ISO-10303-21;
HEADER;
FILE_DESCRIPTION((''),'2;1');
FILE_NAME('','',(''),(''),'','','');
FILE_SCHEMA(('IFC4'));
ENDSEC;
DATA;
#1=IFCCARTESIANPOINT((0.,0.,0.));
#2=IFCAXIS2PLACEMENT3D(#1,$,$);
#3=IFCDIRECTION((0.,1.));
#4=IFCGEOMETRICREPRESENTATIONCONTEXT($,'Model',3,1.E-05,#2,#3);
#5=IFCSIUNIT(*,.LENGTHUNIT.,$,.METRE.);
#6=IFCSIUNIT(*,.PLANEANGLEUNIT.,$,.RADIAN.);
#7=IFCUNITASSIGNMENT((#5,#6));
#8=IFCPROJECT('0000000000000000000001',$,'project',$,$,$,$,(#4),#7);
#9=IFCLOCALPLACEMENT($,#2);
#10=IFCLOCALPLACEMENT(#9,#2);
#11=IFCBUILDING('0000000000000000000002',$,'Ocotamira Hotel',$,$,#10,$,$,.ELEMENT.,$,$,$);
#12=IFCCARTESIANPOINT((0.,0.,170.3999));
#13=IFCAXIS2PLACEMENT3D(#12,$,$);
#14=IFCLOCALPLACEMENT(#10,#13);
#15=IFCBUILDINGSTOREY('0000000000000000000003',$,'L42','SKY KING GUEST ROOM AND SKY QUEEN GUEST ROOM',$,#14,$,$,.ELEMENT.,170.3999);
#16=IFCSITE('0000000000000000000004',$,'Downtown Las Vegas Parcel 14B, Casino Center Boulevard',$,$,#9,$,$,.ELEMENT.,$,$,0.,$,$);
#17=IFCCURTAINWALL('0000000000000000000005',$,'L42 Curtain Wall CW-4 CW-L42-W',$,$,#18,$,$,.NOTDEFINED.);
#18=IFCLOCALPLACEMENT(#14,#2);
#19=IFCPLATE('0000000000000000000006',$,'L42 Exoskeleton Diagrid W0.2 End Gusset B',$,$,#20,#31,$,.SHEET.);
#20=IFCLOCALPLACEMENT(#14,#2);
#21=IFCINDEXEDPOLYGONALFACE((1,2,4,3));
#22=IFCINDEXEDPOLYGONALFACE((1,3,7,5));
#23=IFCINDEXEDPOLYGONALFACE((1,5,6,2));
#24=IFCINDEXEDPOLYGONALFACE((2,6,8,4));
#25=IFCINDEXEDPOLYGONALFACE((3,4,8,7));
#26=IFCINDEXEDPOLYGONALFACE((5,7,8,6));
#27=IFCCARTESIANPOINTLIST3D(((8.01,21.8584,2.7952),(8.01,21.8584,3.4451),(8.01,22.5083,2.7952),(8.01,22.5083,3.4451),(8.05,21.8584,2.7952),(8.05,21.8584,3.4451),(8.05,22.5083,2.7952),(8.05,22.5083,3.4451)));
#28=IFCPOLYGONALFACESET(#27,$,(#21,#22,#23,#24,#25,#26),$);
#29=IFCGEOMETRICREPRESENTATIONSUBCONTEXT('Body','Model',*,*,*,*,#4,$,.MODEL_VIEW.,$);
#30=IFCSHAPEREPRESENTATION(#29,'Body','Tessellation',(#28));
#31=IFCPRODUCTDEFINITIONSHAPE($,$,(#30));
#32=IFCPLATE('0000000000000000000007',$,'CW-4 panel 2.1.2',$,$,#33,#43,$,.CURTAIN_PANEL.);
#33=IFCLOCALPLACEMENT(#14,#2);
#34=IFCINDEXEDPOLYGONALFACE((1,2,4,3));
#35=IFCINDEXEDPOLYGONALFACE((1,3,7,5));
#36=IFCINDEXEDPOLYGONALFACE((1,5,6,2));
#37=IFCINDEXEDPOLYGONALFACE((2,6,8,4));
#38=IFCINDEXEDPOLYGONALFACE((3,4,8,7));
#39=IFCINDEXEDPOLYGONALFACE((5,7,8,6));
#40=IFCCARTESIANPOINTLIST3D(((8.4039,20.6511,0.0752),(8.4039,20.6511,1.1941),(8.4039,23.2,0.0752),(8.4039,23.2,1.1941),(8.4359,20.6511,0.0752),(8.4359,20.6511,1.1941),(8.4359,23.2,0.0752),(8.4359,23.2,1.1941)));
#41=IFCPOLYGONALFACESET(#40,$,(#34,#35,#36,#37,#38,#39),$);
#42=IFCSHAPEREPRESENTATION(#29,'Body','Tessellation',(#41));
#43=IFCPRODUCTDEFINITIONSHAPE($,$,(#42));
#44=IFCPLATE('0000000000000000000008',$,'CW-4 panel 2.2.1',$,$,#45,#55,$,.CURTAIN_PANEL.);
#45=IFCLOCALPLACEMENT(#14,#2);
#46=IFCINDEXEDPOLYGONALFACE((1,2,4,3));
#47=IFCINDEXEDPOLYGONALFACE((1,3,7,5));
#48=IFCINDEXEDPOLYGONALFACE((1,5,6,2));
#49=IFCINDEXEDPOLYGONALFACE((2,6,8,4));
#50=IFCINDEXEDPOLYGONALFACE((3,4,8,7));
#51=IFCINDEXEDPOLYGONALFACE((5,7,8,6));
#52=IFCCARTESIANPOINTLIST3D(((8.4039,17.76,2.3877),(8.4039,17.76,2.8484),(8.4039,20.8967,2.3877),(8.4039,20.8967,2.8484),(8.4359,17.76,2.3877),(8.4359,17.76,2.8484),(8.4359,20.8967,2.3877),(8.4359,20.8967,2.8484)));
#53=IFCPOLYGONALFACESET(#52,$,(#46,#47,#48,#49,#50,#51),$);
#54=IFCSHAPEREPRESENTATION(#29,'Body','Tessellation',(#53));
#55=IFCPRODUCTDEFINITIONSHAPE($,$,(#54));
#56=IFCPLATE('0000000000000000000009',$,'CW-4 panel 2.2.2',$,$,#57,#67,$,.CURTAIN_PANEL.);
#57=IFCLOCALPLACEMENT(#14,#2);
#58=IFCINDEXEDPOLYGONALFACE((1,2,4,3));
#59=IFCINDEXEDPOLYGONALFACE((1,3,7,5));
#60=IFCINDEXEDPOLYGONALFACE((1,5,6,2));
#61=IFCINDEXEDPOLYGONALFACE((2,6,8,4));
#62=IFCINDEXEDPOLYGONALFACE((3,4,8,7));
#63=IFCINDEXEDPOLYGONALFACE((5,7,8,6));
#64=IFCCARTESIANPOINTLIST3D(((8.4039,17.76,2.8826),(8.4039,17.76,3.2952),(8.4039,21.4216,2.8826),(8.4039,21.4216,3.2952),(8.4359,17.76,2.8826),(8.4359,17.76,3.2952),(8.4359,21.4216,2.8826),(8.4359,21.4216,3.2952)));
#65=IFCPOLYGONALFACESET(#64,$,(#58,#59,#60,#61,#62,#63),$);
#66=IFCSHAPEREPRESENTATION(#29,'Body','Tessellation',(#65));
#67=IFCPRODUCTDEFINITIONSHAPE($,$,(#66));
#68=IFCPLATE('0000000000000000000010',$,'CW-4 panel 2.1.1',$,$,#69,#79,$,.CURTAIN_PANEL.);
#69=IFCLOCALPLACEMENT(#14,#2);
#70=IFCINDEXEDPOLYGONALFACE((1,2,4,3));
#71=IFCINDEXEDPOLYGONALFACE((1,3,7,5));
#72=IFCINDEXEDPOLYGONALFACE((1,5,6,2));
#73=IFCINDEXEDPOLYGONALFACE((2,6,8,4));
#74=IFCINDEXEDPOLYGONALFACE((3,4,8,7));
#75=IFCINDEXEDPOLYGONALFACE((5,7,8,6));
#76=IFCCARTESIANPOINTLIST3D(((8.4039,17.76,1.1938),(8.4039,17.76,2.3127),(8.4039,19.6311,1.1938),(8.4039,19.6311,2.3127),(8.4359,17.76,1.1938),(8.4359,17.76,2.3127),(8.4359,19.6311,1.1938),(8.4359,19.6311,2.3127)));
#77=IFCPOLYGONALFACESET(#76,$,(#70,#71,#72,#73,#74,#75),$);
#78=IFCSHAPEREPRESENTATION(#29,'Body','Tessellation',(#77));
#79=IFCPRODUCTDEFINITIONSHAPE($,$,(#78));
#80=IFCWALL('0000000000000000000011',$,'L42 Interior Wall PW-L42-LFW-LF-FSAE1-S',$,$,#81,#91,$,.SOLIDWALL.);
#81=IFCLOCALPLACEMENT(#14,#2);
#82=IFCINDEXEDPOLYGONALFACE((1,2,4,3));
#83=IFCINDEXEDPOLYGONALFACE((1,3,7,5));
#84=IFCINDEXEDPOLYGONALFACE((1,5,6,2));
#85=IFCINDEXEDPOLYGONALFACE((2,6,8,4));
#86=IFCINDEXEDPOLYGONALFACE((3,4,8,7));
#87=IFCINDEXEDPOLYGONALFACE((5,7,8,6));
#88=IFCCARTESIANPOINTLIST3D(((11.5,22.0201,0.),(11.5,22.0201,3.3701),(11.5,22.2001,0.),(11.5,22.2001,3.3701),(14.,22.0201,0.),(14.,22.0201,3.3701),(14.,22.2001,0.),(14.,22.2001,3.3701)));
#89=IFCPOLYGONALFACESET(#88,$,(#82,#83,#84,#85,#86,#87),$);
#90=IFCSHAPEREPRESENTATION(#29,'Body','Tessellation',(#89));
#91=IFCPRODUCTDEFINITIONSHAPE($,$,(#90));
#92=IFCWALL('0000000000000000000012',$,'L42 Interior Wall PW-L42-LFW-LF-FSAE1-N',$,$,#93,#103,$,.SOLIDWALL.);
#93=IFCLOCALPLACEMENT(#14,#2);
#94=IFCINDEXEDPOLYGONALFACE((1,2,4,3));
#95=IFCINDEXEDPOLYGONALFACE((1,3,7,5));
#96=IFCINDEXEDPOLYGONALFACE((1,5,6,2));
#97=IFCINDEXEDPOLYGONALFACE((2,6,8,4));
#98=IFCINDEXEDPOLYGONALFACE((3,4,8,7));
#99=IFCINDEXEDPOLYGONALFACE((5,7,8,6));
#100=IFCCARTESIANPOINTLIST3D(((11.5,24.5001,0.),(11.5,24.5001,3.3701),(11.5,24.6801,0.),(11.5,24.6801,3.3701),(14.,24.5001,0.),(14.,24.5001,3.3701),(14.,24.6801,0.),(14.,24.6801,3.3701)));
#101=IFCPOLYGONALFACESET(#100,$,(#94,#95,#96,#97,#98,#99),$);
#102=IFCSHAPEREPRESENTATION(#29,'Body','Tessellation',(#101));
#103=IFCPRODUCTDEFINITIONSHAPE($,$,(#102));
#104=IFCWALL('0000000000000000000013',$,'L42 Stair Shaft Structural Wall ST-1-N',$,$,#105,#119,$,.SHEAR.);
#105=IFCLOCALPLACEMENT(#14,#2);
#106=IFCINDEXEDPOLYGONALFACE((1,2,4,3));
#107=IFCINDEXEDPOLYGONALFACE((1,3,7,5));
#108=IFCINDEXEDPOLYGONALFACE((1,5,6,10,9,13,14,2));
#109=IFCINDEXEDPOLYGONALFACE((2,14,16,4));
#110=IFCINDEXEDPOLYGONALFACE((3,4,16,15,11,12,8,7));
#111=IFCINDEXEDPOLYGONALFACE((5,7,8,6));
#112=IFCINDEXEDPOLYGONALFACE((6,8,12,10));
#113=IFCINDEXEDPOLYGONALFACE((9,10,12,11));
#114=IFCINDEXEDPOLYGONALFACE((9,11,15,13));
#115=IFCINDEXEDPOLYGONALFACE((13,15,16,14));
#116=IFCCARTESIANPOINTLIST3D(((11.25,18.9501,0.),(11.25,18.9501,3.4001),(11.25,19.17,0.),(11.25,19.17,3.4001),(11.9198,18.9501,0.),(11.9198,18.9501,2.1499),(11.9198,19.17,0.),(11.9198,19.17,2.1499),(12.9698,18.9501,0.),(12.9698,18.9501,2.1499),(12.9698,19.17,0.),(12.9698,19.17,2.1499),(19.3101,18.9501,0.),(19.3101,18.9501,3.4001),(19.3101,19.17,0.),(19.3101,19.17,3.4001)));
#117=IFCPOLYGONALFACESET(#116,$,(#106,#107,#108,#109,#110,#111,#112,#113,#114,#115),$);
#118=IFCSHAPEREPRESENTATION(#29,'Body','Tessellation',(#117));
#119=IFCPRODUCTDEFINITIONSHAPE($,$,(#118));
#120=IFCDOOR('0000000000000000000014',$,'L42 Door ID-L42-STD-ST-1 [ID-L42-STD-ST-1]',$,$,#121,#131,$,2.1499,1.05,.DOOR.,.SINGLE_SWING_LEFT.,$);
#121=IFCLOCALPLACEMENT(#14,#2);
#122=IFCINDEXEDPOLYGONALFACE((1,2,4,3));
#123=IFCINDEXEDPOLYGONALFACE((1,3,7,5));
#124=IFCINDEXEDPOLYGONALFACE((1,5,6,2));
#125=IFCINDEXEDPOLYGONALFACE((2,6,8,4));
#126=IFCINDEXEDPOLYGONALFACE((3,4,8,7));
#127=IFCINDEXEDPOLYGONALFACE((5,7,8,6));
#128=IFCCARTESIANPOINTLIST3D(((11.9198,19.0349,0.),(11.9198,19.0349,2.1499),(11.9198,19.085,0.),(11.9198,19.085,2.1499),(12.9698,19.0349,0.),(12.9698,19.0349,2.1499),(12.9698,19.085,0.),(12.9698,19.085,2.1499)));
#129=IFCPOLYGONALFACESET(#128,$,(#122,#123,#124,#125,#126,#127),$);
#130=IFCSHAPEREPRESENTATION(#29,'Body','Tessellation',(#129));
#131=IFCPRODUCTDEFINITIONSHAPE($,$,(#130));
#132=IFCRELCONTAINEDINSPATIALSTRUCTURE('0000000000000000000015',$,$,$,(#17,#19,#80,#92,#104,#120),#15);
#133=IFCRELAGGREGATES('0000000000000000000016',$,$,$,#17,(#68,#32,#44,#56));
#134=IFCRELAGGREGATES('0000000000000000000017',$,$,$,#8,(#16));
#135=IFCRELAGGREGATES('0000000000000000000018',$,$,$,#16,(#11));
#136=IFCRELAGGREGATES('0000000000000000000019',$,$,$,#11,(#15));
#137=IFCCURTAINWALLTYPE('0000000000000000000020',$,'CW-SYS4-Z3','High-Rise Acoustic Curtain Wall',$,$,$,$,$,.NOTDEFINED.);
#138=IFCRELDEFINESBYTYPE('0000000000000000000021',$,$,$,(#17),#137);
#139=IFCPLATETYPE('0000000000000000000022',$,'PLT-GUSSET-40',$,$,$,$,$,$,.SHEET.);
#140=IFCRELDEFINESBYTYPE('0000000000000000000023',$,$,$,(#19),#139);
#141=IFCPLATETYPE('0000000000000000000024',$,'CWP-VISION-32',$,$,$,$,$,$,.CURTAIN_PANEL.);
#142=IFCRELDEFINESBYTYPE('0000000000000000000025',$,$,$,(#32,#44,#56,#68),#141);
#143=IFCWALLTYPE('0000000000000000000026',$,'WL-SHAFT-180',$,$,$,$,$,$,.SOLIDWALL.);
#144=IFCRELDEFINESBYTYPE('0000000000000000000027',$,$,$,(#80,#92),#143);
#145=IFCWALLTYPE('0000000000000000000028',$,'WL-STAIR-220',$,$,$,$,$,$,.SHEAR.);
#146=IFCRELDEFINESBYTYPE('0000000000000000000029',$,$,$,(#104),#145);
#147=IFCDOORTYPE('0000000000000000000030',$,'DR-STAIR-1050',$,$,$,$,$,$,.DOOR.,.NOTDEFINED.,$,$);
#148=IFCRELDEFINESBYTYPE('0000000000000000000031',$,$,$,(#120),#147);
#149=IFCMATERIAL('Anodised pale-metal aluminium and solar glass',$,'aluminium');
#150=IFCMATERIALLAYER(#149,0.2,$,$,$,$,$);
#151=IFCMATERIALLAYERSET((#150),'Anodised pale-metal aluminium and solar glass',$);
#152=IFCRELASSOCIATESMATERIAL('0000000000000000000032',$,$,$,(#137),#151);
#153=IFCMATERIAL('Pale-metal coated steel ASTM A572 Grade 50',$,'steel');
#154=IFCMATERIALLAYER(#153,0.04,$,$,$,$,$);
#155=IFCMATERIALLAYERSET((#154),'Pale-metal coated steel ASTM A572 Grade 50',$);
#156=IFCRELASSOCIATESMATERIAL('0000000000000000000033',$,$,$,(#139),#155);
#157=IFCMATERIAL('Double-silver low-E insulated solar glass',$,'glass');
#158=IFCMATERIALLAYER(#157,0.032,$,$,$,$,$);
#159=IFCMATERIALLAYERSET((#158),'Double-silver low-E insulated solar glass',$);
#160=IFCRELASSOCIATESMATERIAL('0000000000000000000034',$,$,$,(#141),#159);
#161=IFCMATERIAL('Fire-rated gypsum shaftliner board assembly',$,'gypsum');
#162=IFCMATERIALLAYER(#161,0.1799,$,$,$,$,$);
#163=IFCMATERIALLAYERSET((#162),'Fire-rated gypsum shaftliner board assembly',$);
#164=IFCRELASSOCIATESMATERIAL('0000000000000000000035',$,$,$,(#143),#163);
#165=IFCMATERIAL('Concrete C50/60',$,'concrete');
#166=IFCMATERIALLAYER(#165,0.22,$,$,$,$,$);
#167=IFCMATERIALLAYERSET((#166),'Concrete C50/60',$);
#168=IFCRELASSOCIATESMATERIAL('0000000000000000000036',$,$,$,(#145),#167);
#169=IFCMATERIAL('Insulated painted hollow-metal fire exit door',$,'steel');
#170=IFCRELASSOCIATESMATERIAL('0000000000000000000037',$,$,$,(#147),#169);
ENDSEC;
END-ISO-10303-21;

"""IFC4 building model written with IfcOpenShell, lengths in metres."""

from ifc_helpers import new_model, si_unit, direction, frame, frame_2d, origin, origin_2d, place, context, subcontext, project, spatial, rectangle, extrude, source, transform, mapped, material, layer, layer_set, type_object, element, fill, aggregate, save


model = new_model("IFC4")

# Units and contexts
model_context = context("Model", 3, precision=1e-05, world=origin(), true_north=direction((0.0, 1.0)))
body_context = subcontext(model_context, "Body", "Model", "MODEL_VIEW")
ifc_project = project(units=[si_unit("LENGTHUNIT", "METRE"), si_unit("PLANEANGLEUNIT", "RADIAN")], contexts=[model_context])

# Site, building, storey
site_placement = place(None, origin())
site = spatial("IfcSite", under=ifc_project, at=site_placement, Name="Downtown Las Vegas Parcel 14B, Casino Center Boulevard", CompositionType="ELEMENT", RefElevation=0.0)
building_placement = place(site_placement, origin())
building = spatial("IfcBuilding", under=site, at=building_placement, Name="Ocotamira Hotel", CompositionType="ELEMENT")
storey_placement = place(building_placement, frame((0.0, 0.0, 170.3999)))
storey = spatial("IfcBuildingStorey", under=building, at=storey_placement, Name="L42", Description="SKY KING GUEST ROOM AND SKY QUEEN GUEST ROOM", CompositionType="ELEMENT", Elevation=170.3999)

# Shared definitions
ifc_material_1 = material(Name="Concrete C50/60", Category="concrete")

# Curtain wall
ifc_material_2 = material(Name="Anodised pale-metal aluminium and solar glass", Category="aluminium")
ifc_layer_1 = layer(ifc_material_2, 0.2)
ifc_layer_set_1 = layer_set([ifc_layer_1], Name="Anodised pale-metal aluminium and solar glass")
curtain_wall_type = type_object("IfcCurtainWallType", Name="CW-SYS4-Z3", Description="High-Rise Acoustic Curtain Wall", PredefinedType="NOTDEFINED", material=ifc_layer_set_1)
curtain_wall_placement = place(storey_placement, origin())
curtain_wall = element("IfcCurtainWall", 1, at=curtain_wall_placement, inside=storey, type_object=curtain_wall_type, Name="L42 Curtain Wall CW-4 CW-L42-W", PredefinedType="NOTDEFINED")

# Plates
ifc_material_3 = material(Name="Pale-metal coated steel ASTM A572 Grade 50", Category="steel")
ifc_layer_2 = layer(ifc_material_3, 0.04)
ifc_layer_set_2 = layer_set([ifc_layer_2], Name="Pale-metal coated steel ASTM A572 Grade 50")
plate_type_1 = type_object("IfcPlateType", Name="PLT-GUSSET-40", PredefinedType="SHEET", material=ifc_layer_set_2)
shared_shape_1 = source(origin(), body_context, "Body", "SweptSolid", [
    extrude(rectangle(XDim=0.04, YDim=0.6499, at=origin_2d()), origin(), (0.0, 0.0, 1.0), 0.6499),
])
plate_1_placement = place(storey_placement, frame((8.03, 22.1833, 2.7952), z_axis=(0.0, 0.0, 1.0), x_axis=(1.0, 0.0, 0.0)))
element("IfcPlate", 2, at=plate_1_placement, inside=storey, type_object=plate_type_1, Name="L42 Exoskeleton Diagrid W0.2 End Gusset B", PredefinedType="SHEET", context=body_context, shape_type="MappedRepresentation", body=[
    mapped(shared_shape_1, transform((0.0, 0.0, 0.0), scale=1.0)),
])
ifc_material_4 = material(Name="Double-silver low-E insulated solar glass", Category="glass")
ifc_layer_3 = layer(ifc_material_4, 0.032)
ifc_layer_set_3 = layer_set([ifc_layer_3], Name="Double-silver low-E insulated solar glass")
plate_type_2 = type_object("IfcPlateType", Name="CWP-VISION-32", PredefinedType="CURTAIN_PANEL", material=ifc_layer_set_3)
shared_shape_2 = source(origin(), body_context, "Body", "SweptSolid", [
    extrude(rectangle(XDim=2.5488, YDim=0.032, at=origin_2d()), origin(), (0.0, 0.0, 1.0), 1.1189),
])
plate_2_placement = place(storey_placement, frame((8.4199, 21.9255, 0.0752), z_axis=(0.0, 0.0, 1.0), x_axis=(0.0, 1.0, 0.0)))
plate_2 = element("IfcPlate", 3, at=plate_2_placement, type_object=plate_type_2, Name="CW-4 panel 2.1.2", PredefinedType="CURTAIN_PANEL", context=body_context, shape_type="MappedRepresentation", body=[
    mapped(shared_shape_2, transform((0.0, 0.0, 0.0), scale=1.0)),
])
shared_shape_3 = source(origin(), body_context, "Body", "SweptSolid", [
    extrude(rectangle(XDim=3.1367, YDim=0.032, at=origin_2d()), origin(), (0.0, 0.0, 1.0), 0.4607),
])
plate_3_placement = place(storey_placement, frame((8.4199, 19.3284, 2.3877), z_axis=(0.0, 0.0, 1.0), x_axis=(0.0, 1.0, 0.0)))
plate_3 = element("IfcPlate", 4, at=plate_3_placement, type_object=plate_type_2, Name="CW-4 panel 2.2.1", PredefinedType="CURTAIN_PANEL", context=body_context, shape_type="MappedRepresentation", body=[
    mapped(shared_shape_3, transform((0.0, 0.0, 0.0), scale=1.0)),
])
shared_shape_4 = source(origin(), body_context, "Body", "SweptSolid", [
    extrude(rectangle(XDim=3.6616, YDim=0.032, at=origin_2d()), origin(), (0.0, 0.0, 1.0), 0.4126),
])
plate_4_placement = place(storey_placement, frame((8.4199, 19.5908, 2.8826), z_axis=(0.0, 0.0, 1.0), x_axis=(0.0, 1.0, 0.0)))
plate_4 = element("IfcPlate", 5, at=plate_4_placement, type_object=plate_type_2, Name="CW-4 panel 2.2.2", PredefinedType="CURTAIN_PANEL", context=body_context, shape_type="MappedRepresentation", body=[
    mapped(shared_shape_4, transform((0.0, 0.0, 0.0), scale=1.0)),
])
shared_shape_5 = source(origin(), body_context, "Body", "SweptSolid", [
    extrude(rectangle(XDim=1.8711, YDim=0.032, at=origin_2d()), origin(), (0.0, 0.0, 1.0), 1.1189),
])
plate_5_placement = place(storey_placement, frame((8.4199, 18.6956, 1.1938), z_axis=(0.0, 0.0, 1.0), x_axis=(0.0, 1.0, 0.0)))
plate_5 = element("IfcPlate", 6, at=plate_5_placement, type_object=plate_type_2, Name="CW-4 panel 2.1.1", PredefinedType="CURTAIN_PANEL", context=body_context, shape_type="MappedRepresentation", body=[
    mapped(shared_shape_5, transform((0.0, 0.0, 0.0), scale=1.0)),
])
aggregate(curtain_wall, [plate_5, plate_2, plate_3, plate_4])

# Walls
ifc_material_5 = material(Name="Fire-rated gypsum shaftliner board assembly", Category="gypsum")
ifc_layer_4 = layer(ifc_material_5, 0.1799)
ifc_layer_set_4 = layer_set([ifc_layer_4], Name="Fire-rated gypsum shaftliner board assembly")
wall_type_1 = type_object("IfcWallType", Name="WL-SHAFT-180", PredefinedType="SOLIDWALL", material=ifc_layer_set_4)
for number, where, z_axis, x_axis, name in (
    (7, (11.5, 22.1101, 0.0), (0.0, 0.0, 1.0), (1.0, 0.0, 0.0), "L42 Interior Wall PW-L42-LFW-LF-FSAE1-S"),
    (8, (11.5, 24.5901, 0.0), (0.0, 0.0, 1.0), (1.0, 0.0, 0.0), "L42 Interior Wall PW-L42-LFW-LF-FSAE1-N"),
):
    element("IfcWall", number, at=place(storey_placement, frame(where, z_axis=z_axis, x_axis=x_axis)), inside=storey, type_object=wall_type_1, Name=name, PredefinedType="SOLIDWALL", context=body_context, shape_type="SweptSolid", body=[
        extrude(rectangle(XDim=2.5, YDim=0.1799, at=frame_2d((1.25, 0.0))), origin(), (0.0, 0.0, 1.0), 3.3701),
    ])

# Wall, opening, door
ifc_layer_5 = layer(ifc_material_1, 0.22)
ifc_layer_set_5 = layer_set([ifc_layer_5], Name="Concrete C50/60")
wall_type_2 = type_object("IfcWallType", Name="WL-STAIR-220", PredefinedType="SHEAR", material=ifc_layer_set_5)
wall_placement = place(storey_placement, frame((11.25, 19.0601, 0.0), z_axis=(0.0, 0.0, 1.0), x_axis=(1.0, 0.0, 0.0)))
wall = element("IfcWall", 9, at=wall_placement, inside=storey, type_object=wall_type_2, Name="L42 Stair Shaft Structural Wall ST-1-N", PredefinedType="SHEAR", context=body_context, shape_type="SweptSolid", body=[
    extrude(rectangle(XDim=8.0601, YDim=0.22, at=frame_2d((4.03, 0.0))), origin(), (0.0, 0.0, 1.0), 3.4001),
])
opening_placement = place(wall_placement, frame((0.6699, 0.0, 0.0)))
opening = element("IfcOpeningElement", 10, at=opening_placement, cuts=wall, PredefinedType="OPENING", context=body_context, shape_type="SweptSolid", body=[
    extrude(rectangle(XDim=1.05, YDim=2.1499, at=frame_2d((0.5249, 1.075))), frame((0.0, 0.1201, 0.0), z_axis=(0.0, -1.0, 0.0), x_axis=(1.0, 0.0, 0.0)), (0.0, 0.0, 1.0), 0.24),
])
ifc_material_6 = material(Name="Insulated painted hollow-metal fire exit door", Category="steel")
door_type = type_object("IfcDoorType", Name="DR-STAIR-1050", OperationType="NOTDEFINED", PredefinedType="DOOR", material=ifc_material_6)
shared_shape_6 = source(origin(), body_context, "Body", "SweptSolid", [
    extrude(rectangle(XDim=1.05, YDim=2.1499, at=frame_2d((0.5249, 1.075))), frame((0.0, 0.0249, 0.0), z_axis=(0.0, -1.0, 0.0), x_axis=(1.0, 0.0, 0.0)), (0.0, 0.0, 1.0), 0.05),
])
door_placement = place(opening_placement, origin())
door = element("IfcDoor", 11, at=door_placement, inside=storey, type_object=door_type, Name="L42 Door ID-L42-STD-ST-1 [ID-L42-STD-ST-1]", OperationType="SINGLE_SWING_LEFT", OverallHeight=2.1499, OverallWidth=1.05, PredefinedType="DOOR", context=body_context, shape_type="MappedRepresentation", body=[
    mapped(shared_shape_6, transform((0.0, 0.0, 0.0), scale=1.0)),
])
fill(opening, door)

save(model, "model.ifc")
